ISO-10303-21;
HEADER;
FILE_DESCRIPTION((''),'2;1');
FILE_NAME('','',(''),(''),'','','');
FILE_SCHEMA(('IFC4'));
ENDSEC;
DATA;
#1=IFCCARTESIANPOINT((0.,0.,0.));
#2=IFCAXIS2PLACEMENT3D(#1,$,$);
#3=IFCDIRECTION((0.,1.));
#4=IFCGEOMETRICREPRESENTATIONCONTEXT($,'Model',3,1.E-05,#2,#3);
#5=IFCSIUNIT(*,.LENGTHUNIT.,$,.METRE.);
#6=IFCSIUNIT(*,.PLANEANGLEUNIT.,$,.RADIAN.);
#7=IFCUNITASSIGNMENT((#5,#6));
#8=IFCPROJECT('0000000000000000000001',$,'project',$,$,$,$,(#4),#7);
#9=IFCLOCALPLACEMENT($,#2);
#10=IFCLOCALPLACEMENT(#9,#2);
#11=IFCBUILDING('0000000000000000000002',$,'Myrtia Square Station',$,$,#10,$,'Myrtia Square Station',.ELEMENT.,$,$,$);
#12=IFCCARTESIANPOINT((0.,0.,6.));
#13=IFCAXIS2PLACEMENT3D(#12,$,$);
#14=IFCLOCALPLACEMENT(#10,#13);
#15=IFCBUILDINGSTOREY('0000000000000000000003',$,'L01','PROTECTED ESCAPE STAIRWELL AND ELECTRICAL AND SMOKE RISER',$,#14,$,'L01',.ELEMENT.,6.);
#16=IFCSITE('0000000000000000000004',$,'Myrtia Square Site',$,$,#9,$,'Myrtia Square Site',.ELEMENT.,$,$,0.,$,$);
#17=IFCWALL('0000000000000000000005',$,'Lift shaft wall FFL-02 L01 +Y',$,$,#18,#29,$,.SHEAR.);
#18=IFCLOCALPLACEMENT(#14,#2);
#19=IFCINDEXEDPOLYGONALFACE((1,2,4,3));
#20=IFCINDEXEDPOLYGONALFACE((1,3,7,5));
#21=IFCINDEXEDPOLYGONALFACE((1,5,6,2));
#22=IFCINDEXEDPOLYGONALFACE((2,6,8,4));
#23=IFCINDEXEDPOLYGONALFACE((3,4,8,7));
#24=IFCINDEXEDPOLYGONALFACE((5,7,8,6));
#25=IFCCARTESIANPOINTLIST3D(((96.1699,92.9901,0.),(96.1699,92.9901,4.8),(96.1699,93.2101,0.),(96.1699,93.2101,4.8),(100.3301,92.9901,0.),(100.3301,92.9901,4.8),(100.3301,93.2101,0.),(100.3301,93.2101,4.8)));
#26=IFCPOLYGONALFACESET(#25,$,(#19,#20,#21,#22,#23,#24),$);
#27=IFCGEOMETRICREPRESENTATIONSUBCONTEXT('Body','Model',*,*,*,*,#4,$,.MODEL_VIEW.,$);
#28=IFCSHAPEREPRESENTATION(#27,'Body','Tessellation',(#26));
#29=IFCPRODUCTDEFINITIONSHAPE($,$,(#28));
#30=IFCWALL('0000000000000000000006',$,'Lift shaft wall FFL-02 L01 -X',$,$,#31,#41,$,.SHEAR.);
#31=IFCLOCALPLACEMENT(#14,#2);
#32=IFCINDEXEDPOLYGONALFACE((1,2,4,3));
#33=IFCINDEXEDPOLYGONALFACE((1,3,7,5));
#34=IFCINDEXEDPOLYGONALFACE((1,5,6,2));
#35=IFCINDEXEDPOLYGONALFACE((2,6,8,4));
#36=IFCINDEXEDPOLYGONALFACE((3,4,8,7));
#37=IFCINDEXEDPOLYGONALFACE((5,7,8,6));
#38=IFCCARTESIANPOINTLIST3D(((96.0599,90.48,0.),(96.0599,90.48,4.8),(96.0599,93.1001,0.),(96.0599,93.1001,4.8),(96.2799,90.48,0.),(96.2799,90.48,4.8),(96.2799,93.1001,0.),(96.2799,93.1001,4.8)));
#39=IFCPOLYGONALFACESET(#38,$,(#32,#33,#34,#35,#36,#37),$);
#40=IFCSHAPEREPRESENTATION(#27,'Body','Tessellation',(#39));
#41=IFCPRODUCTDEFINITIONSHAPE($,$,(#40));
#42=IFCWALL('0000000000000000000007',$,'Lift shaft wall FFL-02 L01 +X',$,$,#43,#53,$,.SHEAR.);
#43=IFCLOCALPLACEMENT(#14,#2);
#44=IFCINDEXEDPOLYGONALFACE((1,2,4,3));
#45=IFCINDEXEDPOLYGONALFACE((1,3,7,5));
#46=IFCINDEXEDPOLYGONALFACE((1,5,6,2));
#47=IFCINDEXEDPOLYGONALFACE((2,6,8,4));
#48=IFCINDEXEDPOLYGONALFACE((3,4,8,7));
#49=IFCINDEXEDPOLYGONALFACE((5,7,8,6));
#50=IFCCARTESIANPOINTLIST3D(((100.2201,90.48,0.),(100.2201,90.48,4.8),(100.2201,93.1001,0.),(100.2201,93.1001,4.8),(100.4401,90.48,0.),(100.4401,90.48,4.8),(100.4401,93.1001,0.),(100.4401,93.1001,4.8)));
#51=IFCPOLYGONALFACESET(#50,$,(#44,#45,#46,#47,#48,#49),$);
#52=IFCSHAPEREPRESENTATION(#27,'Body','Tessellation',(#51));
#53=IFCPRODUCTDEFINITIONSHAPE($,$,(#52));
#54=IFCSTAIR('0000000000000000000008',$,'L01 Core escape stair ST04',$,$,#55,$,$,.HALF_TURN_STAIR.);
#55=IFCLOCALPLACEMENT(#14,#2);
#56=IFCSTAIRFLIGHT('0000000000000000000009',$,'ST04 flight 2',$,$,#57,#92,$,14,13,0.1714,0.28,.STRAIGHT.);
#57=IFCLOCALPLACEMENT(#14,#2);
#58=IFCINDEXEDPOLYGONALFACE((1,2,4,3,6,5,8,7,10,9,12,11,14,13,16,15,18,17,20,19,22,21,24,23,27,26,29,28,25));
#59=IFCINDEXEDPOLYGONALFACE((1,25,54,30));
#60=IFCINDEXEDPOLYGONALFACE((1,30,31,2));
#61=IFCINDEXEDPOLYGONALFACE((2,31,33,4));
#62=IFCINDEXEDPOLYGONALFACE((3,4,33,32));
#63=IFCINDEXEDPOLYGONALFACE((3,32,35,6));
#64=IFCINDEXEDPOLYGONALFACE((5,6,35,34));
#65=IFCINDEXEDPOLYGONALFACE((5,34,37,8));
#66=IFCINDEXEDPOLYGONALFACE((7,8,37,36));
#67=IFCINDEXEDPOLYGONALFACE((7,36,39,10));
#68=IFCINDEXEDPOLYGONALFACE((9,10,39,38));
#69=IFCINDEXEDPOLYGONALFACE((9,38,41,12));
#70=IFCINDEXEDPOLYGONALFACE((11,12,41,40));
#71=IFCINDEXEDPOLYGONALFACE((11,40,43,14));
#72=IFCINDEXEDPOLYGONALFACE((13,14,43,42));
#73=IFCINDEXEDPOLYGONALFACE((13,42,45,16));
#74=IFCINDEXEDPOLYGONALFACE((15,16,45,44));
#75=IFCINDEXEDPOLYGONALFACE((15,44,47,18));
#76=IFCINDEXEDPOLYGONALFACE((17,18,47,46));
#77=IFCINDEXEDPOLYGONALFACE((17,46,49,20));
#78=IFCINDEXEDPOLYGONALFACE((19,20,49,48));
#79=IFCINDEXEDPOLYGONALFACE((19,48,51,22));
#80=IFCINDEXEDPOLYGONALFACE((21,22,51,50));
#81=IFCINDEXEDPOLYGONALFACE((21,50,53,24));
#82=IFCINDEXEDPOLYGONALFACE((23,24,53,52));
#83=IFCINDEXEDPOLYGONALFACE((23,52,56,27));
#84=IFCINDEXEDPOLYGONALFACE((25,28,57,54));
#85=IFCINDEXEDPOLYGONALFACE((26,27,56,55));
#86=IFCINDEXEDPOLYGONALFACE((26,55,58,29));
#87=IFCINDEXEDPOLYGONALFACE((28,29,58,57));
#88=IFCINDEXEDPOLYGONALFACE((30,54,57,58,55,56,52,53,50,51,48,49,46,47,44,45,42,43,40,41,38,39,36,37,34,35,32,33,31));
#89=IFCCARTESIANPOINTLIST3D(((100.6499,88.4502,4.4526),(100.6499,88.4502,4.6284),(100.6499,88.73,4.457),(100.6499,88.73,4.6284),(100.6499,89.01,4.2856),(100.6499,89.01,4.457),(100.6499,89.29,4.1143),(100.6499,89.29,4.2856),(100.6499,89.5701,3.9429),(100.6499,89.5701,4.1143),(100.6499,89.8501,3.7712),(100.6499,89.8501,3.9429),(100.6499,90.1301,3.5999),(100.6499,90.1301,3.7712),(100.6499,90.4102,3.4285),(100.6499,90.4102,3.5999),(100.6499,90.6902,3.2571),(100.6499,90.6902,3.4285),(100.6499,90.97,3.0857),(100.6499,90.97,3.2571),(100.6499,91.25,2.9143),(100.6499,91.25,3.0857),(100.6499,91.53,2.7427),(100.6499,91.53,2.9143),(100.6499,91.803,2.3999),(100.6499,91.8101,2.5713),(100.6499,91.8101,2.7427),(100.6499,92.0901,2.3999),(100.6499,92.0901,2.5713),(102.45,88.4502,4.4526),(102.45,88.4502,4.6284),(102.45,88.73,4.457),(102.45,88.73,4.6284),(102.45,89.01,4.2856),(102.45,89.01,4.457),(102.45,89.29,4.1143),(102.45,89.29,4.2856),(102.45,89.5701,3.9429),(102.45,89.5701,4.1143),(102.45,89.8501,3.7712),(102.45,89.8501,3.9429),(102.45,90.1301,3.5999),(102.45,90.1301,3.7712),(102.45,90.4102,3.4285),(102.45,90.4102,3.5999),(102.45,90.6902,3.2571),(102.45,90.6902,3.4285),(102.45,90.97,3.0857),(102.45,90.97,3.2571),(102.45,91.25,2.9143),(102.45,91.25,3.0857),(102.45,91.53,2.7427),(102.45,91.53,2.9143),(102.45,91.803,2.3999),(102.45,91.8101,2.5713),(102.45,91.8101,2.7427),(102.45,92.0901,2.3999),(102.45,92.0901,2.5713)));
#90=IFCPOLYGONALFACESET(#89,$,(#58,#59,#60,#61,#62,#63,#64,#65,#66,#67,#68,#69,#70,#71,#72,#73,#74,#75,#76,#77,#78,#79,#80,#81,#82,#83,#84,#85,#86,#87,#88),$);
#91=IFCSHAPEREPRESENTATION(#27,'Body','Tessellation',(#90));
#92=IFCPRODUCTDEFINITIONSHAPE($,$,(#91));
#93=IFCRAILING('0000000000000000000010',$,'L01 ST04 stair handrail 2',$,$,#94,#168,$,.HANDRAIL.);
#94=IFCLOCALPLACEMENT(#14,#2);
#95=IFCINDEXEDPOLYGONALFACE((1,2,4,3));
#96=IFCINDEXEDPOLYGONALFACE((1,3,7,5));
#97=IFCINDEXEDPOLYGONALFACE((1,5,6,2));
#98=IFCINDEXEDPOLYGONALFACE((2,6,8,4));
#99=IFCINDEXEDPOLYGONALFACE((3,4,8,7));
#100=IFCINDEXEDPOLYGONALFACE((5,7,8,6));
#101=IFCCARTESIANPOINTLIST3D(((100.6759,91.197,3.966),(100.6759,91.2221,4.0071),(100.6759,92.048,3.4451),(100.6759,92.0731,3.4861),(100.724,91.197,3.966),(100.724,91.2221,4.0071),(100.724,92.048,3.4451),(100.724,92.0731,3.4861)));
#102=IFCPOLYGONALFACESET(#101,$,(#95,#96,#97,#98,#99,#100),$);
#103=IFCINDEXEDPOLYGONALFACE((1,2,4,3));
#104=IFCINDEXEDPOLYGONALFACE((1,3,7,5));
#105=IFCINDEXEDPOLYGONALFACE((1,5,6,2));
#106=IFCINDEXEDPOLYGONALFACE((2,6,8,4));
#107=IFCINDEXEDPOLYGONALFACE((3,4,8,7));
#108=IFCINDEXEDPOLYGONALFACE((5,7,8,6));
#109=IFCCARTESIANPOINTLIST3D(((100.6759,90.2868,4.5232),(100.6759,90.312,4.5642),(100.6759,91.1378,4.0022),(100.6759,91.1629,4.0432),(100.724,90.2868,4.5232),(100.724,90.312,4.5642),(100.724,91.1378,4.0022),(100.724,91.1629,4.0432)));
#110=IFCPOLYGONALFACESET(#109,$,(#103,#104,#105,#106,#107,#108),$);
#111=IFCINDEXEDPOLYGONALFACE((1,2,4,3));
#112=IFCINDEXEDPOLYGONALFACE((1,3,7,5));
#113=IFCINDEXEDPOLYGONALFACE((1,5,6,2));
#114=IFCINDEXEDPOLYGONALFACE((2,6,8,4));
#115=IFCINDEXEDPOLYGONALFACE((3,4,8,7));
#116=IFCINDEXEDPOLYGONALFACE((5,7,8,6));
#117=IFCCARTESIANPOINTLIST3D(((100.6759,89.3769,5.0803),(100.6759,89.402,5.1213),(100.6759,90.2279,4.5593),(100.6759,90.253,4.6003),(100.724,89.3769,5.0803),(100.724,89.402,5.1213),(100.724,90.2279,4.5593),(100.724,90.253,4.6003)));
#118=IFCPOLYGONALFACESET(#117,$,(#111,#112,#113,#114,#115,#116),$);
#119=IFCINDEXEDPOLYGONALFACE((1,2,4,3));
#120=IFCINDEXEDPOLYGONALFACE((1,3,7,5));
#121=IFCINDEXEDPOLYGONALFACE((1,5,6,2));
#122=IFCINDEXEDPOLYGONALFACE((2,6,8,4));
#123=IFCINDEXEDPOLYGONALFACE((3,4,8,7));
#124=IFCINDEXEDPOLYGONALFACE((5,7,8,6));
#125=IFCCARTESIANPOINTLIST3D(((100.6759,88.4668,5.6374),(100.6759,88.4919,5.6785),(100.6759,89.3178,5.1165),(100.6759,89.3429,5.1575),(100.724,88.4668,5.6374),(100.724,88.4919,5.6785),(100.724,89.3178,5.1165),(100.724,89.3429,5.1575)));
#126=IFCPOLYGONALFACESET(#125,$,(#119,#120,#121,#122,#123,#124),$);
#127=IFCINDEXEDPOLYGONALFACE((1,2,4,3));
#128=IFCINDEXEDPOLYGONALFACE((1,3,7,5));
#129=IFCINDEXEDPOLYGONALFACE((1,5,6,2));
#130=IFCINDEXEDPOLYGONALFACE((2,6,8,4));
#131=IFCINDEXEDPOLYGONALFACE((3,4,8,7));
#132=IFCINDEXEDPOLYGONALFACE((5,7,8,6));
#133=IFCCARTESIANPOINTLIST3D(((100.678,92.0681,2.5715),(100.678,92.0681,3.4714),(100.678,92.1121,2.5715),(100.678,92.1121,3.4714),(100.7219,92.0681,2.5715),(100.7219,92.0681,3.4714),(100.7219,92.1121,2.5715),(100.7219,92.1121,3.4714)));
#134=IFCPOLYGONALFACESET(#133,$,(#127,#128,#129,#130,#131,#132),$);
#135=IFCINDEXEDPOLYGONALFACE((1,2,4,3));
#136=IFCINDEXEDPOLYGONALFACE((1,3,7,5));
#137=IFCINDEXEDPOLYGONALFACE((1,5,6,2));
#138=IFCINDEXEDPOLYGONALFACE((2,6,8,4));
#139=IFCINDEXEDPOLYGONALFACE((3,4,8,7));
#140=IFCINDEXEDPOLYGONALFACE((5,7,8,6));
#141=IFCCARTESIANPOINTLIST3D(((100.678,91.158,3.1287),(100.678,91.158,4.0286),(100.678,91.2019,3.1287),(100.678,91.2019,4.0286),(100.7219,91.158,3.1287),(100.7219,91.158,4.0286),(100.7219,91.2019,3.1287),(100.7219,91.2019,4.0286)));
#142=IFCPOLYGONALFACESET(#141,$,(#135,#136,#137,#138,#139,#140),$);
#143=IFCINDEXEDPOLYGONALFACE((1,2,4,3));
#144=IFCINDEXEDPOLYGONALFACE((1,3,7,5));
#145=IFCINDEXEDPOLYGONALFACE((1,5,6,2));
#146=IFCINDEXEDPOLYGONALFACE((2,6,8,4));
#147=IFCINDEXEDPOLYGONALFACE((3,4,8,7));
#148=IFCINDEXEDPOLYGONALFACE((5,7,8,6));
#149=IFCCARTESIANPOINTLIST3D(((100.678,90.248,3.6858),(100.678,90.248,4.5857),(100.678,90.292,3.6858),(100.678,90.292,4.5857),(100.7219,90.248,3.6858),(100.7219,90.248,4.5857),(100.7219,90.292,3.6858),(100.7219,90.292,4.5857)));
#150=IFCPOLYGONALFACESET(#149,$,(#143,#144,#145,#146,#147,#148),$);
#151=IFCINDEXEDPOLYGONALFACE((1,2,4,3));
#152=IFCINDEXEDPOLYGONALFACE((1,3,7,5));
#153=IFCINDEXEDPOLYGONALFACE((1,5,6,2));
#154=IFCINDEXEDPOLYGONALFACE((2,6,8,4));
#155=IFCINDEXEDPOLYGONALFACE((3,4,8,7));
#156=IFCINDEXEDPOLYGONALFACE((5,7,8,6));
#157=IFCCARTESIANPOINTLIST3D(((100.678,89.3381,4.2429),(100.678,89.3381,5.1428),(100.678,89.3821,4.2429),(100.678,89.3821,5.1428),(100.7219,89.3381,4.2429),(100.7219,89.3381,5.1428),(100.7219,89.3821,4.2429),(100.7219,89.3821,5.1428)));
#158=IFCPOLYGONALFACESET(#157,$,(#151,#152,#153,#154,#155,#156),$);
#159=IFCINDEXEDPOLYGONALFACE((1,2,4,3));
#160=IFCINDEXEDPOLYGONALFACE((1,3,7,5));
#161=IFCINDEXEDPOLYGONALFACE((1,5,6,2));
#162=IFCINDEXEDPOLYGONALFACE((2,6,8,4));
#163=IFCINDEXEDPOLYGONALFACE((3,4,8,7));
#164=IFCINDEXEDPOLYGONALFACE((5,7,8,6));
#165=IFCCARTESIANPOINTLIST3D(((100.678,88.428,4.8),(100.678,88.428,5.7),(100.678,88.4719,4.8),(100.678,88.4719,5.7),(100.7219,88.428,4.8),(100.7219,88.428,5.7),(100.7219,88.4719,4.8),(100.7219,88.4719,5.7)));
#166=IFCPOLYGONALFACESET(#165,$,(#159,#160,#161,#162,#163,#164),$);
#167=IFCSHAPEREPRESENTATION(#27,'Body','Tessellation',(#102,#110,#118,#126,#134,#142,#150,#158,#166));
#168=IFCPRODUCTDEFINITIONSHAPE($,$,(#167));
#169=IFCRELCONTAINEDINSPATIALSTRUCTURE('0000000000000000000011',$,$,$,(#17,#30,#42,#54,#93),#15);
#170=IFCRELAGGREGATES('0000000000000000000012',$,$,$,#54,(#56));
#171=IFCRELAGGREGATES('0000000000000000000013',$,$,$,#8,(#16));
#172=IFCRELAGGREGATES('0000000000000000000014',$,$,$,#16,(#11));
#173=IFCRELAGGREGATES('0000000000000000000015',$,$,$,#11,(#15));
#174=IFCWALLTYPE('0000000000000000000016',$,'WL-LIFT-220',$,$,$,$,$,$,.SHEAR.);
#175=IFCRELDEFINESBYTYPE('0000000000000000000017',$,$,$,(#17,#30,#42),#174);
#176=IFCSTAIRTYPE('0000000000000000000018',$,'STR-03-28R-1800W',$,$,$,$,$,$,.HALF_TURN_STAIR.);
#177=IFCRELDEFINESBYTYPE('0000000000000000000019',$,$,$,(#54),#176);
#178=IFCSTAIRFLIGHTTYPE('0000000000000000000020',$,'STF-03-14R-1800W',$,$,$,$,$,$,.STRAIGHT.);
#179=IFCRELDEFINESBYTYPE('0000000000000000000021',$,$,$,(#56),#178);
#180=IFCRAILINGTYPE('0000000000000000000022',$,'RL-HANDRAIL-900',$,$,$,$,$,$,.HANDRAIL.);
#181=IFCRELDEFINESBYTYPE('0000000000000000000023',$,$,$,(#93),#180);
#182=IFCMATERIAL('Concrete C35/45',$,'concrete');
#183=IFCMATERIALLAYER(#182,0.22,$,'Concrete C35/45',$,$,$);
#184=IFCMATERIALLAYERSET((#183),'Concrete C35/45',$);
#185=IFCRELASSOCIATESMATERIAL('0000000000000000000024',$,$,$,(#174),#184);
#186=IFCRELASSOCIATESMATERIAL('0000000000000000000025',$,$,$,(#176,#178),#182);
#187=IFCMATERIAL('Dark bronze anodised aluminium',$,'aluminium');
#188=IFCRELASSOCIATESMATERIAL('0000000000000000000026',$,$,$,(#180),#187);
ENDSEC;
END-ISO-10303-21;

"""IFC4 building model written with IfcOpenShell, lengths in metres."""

from ifc_helpers import new_model, si_unit, direction, frame, frame_2d, origin, origin_2d, place, context, subcontext, project, spatial, polyline, rectangle, outline, extrude, material, layer, layer_set, type_object, element, aggregate, save


model = new_model("IFC4")

# Units and contexts
model_context = context("Model", 3, precision=1e-05, world=origin(), true_north=direction((0.0, 1.0)))
body_context = subcontext(model_context, "Body", "Model", "MODEL_VIEW")
ifc_project = project(units=[si_unit("LENGTHUNIT", "METRE"), si_unit("PLANEANGLEUNIT", "RADIAN")], contexts=[model_context])

# Site, building, storey
site_placement = place(None, origin())
site = spatial("IfcSite", under=ifc_project, at=site_placement, Name="Myrtia Square Site", LongName="Myrtia Square Site", CompositionType="ELEMENT", RefElevation=0.0)
building_placement = place(site_placement, origin())
building = spatial("IfcBuilding", under=site, at=building_placement, Name="Myrtia Square Station", LongName="Myrtia Square Station", CompositionType="ELEMENT")
storey_placement = place(building_placement, frame((0.0, 0.0, 6.0)))
storey = spatial("IfcBuildingStorey", under=building, at=storey_placement, Name="L01", Description="PROTECTED ESCAPE STAIRWELL AND ELECTRICAL AND SMOKE RISER", LongName="L01", CompositionType="ELEMENT", Elevation=6.0)

# Shared definitions
ifc_material_1 = material(Name="Dark bronze anodised aluminium", Category="aluminium")

# Shared definitions
ifc_material_2 = material(Name="Concrete C35/45", Category="concrete")

# Shared definitions
ifc_layer_1 = layer(ifc_material_2, 0.22, Name="Concrete C35/45")
ifc_layer_set_1 = layer_set([ifc_layer_1], Name="Concrete C35/45")
wall_type_1 = type_object("IfcWallType", Name="WL-LIFT-220", PredefinedType="SHEAR", material=ifc_layer_set_1)

# Walls
wall_1_placement = place(storey_placement, frame((96.1699, 93.1001, 0.0), z_axis=(0.0, 0.0, 1.0), x_axis=(1.0, 0.0, 0.0)))
element("IfcWall", 1, at=wall_1_placement, inside=storey, type_object=wall_type_1, Name="Lift shaft wall FFL-02 L01 +Y", PredefinedType="SHEAR", context=body_context, shape_type="SweptSolid", body=[
    extrude(rectangle(XDim=4.1602, YDim=0.22, at=frame_2d((2.0801, 0.0))), origin(), (0.0, 0.0, 1.0), 4.8),
])
for number, where, z_axis, x_axis, name in (
    (2, (96.1699, 90.48, 0.0), (0.0, 0.0, 1.0), (0.0, 1.0, 0.0), "Lift shaft wall FFL-02 L01 -X"),
    (3, (100.3301, 90.48, 0.0), (0.0, 0.0, 1.0), (0.0, 1.0, 0.0), "Lift shaft wall FFL-02 L01 +X"),
):
    element("IfcWall", number, at=place(storey_placement, frame(where, z_axis=z_axis, x_axis=x_axis)), inside=storey, type_object=wall_type_1, Name=name, PredefinedType="SHEAR", context=body_context, shape_type="SweptSolid", body=[
        extrude(rectangle(XDim=2.6201, YDim=0.22, at=frame_2d((1.3101, 0.0))), origin(), (0.0, 0.0, 1.0), 4.8),
    ])

# Stair, stair flight
stair_type = type_object("IfcStairType", Name="STR-03-28R-1800W", PredefinedType="HALF_TURN_STAIR", material=ifc_material_2)
stair_placement = place(storey_placement, origin())
stair = element("IfcStair", 4, at=stair_placement, inside=storey, type_object=stair_type, Name="L01 Core escape stair ST04", PredefinedType="HALF_TURN_STAIR")
stair_flight_type = type_object("IfcStairFlightType", Name="STF-03-14R-1800W", PredefinedType="STRAIGHT", material=ifc_material_2)
stair_flight_placement = place(storey_placement, frame((101.55, 92.0901, 2.3999), z_axis=(0.0, 0.0, 1.0), x_axis=(0.0, -1.0, 0.0)))
stair_flight = element("IfcStairFlight", 5, at=stair_flight_placement, type_object=stair_flight_type, Name="ST04 flight 2", NumberOfRisers=14, NumberOfTreads=13, PredefinedType="STRAIGHT", RiserHeight=0.1714, TreadLength=0.28, context=body_context, shape_type="SweptSolid", body=[
    extrude(outline(polyline([(0.0, 0.0), (0.0, 0.1714), (0.28, 0.1714), (0.28, 0.3428), (0.5601, 0.3428), (0.5601, 0.5144), (0.8401, 0.5144), (0.8401, 0.6858), (1.1201, 0.6858), (1.1201, 0.8572), (1.3999, 0.8572), (1.3999, 1.0286), (1.6799, 1.0286), (1.6799, 1.2), (1.96, 1.2), (1.96, 1.3713), (2.24, 1.3713), (2.24, 1.543), (2.52, 1.543), (2.52, 1.7144), (2.8, 1.7144), (2.8, 1.8857), (3.0801, 1.8857), (3.0801, 2.0571), (3.3601, 2.0571), (3.3601, 2.2285), (3.6399, 2.2285), (3.6399, 2.3999), (3.6399, 2.0527), (0.2871, 0.0), (0.0, 0.0)])), frame((0.0, 0.8999, 0.0), z_axis=(0.0, -1.0, 0.0), x_axis=(1.0, 0.0, 0.0)), (0.0, 0.0, 1.0), 1.8),
])
aggregate(stair, [stair_flight])

# Railing
railing_type = type_object("IfcRailingType", Name="RL-HANDRAIL-900", PredefinedType="HANDRAIL", material=ifc_material_1)
railing_placement = place(storey_placement, frame((100.7, 92.0901, 2.5715)))
element("IfcRailing", 6, at=railing_placement, inside=storey, type_object=railing_type, Name="L01 ST04 stair handrail 2", PredefinedType="HANDRAIL", context=body_context, shape_type="SweptSolid", body=[
    extrude(rectangle(XDim=0.0481, YDim=0.0481, at=origin_2d()), frame((0.0, -0.0295, 0.894), z_axis=(0.0, -0.852866, 0.52213), x_axis=(1.0, 0.0, 0.0)), (0.0, 0.0, 1.0), 0.9978),
    extrude(rectangle(XDim=0.0481, YDim=0.0481, at=origin_2d()), frame((0.0, -0.9397, 1.4512), z_axis=(0.0, -0.852866, 0.52213), x_axis=(1.0, 0.0, 0.0)), (0.0, 0.0, 1.0), 0.9978),
    extrude(rectangle(XDim=0.0481, YDim=0.0481, at=origin_2d()), frame((0.0, -1.8496, 2.0083), z_axis=(0.0, -0.852866, 0.52213), x_axis=(1.0, 0.0, 0.0)), (0.0, 0.0, 1.0), 0.9978),
    extrude(rectangle(XDim=0.0481, YDim=0.0481, at=origin_2d()), frame((0.0, -2.7598, 2.5654), z_axis=(0.0, -0.852866, 0.52213), x_axis=(1.0, 0.0, 0.0)), (0.0, 0.0, 1.0), 0.9978),
    extrude(rectangle(XDim=0.0439, YDim=0.0439, at=origin_2d()), origin(), (0.0, 0.0, 1.0), 0.8999),
    extrude(rectangle(XDim=0.0439, YDim=0.0439, at=origin_2d()), frame((0.0, -0.9102, 0.5571)), (0.0, 0.0, 1.0), 0.8999),
    extrude(rectangle(XDim=0.0439, YDim=0.0439, at=origin_2d()), frame((0.0, -1.8201, 1.1143)), (0.0, 0.0, 1.0), 0.8999),
    extrude(rectangle(XDim=0.0439, YDim=0.0439, at=origin_2d()), frame((0.0, -2.73, 1.6714)), (0.0, 0.0, 1.0), 0.8999),
    extrude(rectangle(XDim=0.0439, YDim=0.0439, at=origin_2d()), frame((0.0, -3.6401, 2.2285)), (0.0, 0.0, 1.0), 0.8999),
])

save(model, "model.ifc")
